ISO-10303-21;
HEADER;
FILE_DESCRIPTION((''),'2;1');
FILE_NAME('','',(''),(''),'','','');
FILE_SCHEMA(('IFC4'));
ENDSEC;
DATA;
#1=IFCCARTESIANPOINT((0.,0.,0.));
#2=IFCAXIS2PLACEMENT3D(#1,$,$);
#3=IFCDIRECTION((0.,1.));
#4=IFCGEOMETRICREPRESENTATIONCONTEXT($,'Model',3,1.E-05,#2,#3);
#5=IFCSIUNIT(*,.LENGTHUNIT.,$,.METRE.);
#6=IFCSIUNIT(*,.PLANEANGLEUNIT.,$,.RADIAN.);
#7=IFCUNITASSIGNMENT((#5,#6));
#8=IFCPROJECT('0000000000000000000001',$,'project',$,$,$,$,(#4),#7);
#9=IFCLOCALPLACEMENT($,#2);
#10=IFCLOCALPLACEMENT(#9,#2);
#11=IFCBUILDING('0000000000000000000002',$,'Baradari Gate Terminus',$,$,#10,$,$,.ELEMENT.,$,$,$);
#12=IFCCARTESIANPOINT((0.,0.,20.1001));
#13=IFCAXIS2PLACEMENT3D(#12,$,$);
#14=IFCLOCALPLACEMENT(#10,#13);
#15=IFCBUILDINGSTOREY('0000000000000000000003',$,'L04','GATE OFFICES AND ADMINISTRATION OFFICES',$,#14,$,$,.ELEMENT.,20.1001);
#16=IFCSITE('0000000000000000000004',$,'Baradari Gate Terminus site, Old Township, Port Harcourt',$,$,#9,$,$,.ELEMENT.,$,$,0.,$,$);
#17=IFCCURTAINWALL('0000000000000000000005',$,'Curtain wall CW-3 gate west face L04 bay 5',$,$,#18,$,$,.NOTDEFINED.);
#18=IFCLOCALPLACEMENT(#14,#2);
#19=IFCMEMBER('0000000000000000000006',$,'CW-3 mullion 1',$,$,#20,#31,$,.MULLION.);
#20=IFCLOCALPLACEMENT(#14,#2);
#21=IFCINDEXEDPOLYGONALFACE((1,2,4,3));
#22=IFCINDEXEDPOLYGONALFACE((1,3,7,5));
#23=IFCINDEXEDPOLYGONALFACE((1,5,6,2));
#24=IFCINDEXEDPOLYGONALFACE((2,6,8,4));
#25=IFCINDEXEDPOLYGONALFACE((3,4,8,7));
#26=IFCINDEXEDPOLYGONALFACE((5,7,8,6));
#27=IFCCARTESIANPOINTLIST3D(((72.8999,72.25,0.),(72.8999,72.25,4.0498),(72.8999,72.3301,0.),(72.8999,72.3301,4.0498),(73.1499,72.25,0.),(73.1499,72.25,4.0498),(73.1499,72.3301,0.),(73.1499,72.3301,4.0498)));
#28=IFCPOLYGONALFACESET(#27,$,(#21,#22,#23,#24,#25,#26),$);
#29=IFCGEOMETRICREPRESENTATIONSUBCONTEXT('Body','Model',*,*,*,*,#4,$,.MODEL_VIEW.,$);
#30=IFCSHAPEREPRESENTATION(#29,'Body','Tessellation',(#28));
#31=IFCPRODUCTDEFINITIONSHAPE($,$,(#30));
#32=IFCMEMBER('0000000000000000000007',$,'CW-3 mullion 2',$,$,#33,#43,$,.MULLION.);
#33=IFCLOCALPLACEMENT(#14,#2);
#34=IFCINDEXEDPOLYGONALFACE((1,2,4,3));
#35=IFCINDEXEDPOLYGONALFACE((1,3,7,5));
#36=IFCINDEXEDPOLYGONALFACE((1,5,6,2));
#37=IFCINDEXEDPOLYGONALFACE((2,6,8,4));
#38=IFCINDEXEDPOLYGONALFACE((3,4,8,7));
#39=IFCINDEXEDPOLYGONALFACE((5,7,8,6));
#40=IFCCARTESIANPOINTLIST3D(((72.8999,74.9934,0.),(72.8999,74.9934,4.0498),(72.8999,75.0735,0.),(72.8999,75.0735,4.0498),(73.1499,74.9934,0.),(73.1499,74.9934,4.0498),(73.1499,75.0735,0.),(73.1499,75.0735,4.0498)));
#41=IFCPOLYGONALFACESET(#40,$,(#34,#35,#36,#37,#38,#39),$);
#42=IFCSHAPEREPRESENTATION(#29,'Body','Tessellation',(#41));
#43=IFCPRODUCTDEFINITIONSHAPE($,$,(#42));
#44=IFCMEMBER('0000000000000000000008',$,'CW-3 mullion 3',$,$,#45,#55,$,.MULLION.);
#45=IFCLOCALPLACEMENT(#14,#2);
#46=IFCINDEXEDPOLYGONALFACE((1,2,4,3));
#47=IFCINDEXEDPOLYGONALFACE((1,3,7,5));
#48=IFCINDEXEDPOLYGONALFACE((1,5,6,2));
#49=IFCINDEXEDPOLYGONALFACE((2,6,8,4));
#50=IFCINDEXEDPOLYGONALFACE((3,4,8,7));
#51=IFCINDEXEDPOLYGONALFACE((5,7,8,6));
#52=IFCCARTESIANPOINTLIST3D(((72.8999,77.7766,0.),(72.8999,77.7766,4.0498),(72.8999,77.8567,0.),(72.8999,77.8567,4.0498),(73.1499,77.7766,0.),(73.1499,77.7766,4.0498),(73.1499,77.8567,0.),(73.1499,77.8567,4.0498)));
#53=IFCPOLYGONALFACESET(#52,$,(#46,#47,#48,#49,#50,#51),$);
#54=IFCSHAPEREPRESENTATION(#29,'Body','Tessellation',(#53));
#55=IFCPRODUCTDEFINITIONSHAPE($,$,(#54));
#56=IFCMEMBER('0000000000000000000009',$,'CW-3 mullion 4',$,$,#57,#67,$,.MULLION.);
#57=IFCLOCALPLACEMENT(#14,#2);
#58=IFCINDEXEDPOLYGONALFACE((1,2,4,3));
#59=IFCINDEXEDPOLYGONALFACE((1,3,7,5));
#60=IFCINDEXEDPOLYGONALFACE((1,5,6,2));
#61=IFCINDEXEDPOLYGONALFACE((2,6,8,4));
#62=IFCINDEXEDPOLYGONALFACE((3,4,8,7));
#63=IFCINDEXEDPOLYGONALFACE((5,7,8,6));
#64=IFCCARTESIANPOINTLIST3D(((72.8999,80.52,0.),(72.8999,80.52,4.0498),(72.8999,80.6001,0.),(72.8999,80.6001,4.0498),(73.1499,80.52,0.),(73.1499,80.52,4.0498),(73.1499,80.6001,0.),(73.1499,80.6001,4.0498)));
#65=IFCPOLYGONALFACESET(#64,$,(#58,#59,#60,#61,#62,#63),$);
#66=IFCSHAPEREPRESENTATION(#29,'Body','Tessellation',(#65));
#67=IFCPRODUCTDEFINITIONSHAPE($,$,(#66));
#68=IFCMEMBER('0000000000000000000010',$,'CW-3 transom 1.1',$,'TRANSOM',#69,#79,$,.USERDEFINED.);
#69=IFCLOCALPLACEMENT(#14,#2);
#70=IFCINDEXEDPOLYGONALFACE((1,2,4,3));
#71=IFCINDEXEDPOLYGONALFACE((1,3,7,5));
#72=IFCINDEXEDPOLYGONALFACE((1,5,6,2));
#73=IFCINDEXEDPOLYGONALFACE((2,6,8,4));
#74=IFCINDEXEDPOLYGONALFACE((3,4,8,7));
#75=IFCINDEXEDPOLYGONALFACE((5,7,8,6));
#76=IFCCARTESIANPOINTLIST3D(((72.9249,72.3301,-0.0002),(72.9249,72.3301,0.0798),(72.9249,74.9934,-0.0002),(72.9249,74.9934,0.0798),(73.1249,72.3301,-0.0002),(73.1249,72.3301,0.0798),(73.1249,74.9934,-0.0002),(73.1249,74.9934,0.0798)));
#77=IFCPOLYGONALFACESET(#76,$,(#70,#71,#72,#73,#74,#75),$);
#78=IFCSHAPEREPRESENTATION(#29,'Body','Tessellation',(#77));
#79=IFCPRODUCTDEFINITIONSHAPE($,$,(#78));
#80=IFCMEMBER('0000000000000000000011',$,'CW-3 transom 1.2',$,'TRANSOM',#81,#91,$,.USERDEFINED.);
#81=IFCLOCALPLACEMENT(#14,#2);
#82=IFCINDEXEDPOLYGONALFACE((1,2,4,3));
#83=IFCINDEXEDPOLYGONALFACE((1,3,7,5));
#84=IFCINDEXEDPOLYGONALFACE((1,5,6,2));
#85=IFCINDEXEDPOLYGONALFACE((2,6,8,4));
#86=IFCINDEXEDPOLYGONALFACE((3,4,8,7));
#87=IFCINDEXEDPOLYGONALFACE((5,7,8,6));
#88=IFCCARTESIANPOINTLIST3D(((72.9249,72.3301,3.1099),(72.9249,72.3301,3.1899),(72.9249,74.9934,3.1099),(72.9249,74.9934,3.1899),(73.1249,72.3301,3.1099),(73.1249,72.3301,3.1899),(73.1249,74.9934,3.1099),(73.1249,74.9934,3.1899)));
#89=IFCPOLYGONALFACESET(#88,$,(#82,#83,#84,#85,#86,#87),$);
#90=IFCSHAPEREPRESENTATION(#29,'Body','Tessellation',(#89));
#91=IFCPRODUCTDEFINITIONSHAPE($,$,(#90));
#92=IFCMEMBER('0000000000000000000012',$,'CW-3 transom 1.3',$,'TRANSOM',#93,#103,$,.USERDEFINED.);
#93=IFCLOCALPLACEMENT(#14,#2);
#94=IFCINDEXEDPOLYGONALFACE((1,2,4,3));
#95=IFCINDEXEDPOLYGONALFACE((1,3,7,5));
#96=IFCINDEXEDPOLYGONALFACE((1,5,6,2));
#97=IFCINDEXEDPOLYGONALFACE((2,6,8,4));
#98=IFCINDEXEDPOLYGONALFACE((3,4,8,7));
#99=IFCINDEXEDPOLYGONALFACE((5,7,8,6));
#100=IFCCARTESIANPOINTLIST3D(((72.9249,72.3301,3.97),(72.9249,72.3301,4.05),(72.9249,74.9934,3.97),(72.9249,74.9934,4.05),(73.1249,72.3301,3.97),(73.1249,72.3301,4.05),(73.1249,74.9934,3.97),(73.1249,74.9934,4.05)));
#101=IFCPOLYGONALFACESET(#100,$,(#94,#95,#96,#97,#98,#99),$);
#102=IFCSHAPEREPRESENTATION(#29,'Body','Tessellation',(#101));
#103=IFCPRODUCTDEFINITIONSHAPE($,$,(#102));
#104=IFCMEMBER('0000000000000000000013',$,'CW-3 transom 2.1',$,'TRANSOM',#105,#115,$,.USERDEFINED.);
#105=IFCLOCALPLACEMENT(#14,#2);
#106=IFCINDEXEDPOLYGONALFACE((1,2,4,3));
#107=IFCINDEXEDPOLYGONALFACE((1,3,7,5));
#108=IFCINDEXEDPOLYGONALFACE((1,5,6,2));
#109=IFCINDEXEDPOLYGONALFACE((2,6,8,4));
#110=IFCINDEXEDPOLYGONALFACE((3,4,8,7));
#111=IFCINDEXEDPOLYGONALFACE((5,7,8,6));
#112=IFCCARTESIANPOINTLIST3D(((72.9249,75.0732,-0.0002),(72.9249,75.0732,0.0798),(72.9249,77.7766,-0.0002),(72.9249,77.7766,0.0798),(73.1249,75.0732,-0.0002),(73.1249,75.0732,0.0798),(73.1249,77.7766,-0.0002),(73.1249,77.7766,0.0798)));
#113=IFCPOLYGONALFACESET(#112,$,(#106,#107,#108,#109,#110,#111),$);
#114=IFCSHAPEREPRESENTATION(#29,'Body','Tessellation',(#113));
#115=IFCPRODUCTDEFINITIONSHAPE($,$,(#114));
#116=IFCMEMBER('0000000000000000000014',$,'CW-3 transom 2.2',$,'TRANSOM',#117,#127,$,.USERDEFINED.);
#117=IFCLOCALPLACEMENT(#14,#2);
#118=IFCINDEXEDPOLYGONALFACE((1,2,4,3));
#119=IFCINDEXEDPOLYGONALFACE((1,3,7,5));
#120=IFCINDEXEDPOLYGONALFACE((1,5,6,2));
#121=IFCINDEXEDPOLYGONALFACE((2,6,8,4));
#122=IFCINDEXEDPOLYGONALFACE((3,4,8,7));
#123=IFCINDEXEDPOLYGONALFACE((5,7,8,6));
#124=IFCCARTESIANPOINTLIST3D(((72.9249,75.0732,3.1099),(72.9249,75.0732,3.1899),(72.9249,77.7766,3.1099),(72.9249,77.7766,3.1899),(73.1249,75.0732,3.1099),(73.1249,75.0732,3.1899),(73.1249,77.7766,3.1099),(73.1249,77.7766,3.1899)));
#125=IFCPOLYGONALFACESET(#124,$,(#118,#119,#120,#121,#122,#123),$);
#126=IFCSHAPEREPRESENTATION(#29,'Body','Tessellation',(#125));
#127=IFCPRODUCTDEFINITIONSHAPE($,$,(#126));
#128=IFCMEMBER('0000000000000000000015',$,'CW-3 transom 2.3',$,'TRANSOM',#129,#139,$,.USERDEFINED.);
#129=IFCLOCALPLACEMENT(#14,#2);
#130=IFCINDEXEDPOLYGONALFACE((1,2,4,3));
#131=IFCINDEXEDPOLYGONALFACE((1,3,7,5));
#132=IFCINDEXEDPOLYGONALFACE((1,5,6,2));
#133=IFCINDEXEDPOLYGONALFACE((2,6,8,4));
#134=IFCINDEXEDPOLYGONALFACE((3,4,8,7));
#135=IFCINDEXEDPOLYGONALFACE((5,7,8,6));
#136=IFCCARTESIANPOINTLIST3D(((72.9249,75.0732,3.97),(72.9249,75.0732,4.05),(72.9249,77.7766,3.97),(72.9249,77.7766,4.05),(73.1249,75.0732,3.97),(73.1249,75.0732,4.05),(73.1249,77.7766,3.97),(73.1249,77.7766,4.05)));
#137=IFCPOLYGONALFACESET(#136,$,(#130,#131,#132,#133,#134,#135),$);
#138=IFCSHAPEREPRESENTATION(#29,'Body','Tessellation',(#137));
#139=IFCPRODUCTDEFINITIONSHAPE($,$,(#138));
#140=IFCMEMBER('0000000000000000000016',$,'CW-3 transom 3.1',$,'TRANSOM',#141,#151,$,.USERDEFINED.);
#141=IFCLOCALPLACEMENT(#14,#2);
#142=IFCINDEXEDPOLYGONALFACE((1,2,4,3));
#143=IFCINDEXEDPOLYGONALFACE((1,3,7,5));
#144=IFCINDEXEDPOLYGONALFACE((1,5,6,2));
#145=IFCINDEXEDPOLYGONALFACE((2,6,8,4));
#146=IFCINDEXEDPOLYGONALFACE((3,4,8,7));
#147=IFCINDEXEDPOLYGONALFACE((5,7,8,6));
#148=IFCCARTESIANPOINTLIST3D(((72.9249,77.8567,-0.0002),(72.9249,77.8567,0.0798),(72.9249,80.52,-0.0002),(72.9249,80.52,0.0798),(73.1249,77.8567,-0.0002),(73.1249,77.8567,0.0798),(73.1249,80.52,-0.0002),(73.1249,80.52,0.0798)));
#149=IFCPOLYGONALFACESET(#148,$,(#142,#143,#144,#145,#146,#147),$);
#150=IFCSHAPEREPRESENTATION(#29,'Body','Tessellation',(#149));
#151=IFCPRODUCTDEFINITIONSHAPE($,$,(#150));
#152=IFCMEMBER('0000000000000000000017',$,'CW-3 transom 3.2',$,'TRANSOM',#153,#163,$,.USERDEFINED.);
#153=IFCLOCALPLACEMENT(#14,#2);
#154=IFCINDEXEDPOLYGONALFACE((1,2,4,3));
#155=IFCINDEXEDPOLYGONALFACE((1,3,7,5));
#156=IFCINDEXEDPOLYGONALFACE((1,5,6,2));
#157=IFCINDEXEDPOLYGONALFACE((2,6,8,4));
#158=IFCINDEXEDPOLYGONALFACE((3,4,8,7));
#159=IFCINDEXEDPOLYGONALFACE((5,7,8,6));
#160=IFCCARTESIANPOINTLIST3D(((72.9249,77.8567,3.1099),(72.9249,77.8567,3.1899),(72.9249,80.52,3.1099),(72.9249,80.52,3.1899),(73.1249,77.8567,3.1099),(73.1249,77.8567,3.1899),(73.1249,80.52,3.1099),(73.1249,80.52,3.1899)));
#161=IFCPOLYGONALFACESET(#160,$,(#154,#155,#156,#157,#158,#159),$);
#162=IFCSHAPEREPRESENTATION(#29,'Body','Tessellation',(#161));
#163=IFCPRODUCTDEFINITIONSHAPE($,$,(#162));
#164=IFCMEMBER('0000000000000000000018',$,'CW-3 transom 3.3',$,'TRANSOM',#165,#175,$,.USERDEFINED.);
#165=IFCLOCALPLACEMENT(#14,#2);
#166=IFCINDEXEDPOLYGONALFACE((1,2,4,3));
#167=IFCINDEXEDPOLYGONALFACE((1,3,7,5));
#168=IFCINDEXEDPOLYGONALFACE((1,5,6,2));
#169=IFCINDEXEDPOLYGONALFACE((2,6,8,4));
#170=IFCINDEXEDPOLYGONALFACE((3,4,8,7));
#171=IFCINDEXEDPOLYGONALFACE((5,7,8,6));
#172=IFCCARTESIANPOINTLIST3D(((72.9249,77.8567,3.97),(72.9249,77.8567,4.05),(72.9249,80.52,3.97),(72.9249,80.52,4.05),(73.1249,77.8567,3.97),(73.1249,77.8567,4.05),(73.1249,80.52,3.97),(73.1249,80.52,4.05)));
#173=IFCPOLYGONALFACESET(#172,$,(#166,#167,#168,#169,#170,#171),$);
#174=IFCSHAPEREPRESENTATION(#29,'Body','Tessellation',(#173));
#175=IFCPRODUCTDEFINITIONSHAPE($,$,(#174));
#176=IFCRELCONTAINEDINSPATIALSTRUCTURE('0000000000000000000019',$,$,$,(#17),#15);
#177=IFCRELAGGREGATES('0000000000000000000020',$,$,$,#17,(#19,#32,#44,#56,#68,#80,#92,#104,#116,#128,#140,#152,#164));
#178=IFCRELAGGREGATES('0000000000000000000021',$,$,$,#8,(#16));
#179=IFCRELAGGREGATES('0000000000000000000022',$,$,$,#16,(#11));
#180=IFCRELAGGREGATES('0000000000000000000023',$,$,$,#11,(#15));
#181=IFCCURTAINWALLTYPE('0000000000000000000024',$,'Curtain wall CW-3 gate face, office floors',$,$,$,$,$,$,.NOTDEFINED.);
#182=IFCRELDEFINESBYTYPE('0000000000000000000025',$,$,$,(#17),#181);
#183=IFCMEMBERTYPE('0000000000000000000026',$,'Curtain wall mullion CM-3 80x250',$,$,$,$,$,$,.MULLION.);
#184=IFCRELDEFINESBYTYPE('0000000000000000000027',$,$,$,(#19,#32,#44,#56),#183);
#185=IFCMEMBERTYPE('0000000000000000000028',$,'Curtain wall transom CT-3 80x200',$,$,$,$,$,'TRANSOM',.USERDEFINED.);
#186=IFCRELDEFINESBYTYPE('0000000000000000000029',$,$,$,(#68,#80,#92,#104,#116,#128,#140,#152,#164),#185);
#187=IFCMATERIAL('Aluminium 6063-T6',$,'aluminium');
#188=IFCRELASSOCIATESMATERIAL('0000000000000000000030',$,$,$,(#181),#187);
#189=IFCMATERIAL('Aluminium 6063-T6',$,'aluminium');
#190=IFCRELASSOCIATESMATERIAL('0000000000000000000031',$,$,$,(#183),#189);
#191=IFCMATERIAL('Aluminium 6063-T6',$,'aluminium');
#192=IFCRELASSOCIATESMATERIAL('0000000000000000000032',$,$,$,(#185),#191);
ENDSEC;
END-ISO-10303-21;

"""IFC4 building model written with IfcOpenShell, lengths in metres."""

from ifc_helpers import new_model, si_unit, direction, frame, origin, origin_2d, place, context, subcontext, project, spatial, rectangle, extrude, material, material_profile, profile_set, type_object, element, aggregate, save


model = new_model("IFC4")

# Units and contexts
model_context = context("Model", 3, precision=1e-05, world=origin(), true_north=direction((0.0, 1.0)))
body_context = subcontext(model_context, "Body", "Model", "MODEL_VIEW")
ifc_project = project(units=[si_unit("LENGTHUNIT", "METRE"), si_unit("PLANEANGLEUNIT", "RADIAN")], contexts=[model_context])

# Site, building, storey
site_placement = place(None, origin())
site = spatial("IfcSite", under=ifc_project, at=site_placement, Name="Baradari Gate Terminus site, Old Township, Port Harcourt", CompositionType="ELEMENT", RefElevation=0.0)
building_placement = place(site_placement, origin())
building = spatial("IfcBuilding", under=site, at=building_placement, Name="Baradari Gate Terminus", CompositionType="ELEMENT")
storey_placement = place(building_placement, frame((0.0, 0.0, 20.1001)))
storey = spatial("IfcBuildingStorey", under=building, at=storey_placement, Name="L04", Description="GATE OFFICES AND ADMINISTRATION OFFICES", CompositionType="ELEMENT", Elevation=20.1001)

# Curtain wall, members
ifc_material_1 = material(Name="Aluminium 6063-T6", Category="aluminium")
curtain_wall_type = type_object("IfcCurtainWallType", Name="Curtain wall CW-3 gate face, office floors", PredefinedType="NOTDEFINED", material=ifc_material_1)
curtain_wall_placement = place(storey_placement, origin())
curtain_wall = element("IfcCurtainWall", 1, at=curtain_wall_placement, inside=storey, type_object=curtain_wall_type, Name="Curtain wall CW-3 gate west face L04 bay 5", PredefinedType="NOTDEFINED")
ifc_material_2 = material(Name="Aluminium 6063-T6", Category="aluminium")
ifc_material_profile_1 = material_profile(ifc_material_2, rectangle(XDim=0.25, YDim=0.0801, at=origin_2d()), Name="CM-3 80X250")
ifc_profile_set_1 = profile_set([ifc_material_profile_1], Name="Aluminium 6063-T6")
member_type_1 = type_object("IfcMemberType", Name="Curtain wall mullion CM-3 80x250", PredefinedType="MULLION", material=ifc_profile_set_1)
member_1_placement = place(storey_placement, frame((73.0249, 72.29, 0.0), z_axis=(0.0, 0.0, 1.0), x_axis=(-1.0, 0.0, 0.0)))
member_1 = element("IfcMember", 2, at=member_1_placement, type_object=member_type_1, Name="CW-3 mullion 1", PredefinedType="MULLION", context=body_context, shape_type="SweptSolid", body=[
    extrude(rectangle(XDim=0.25, YDim=0.0801, at=origin_2d()), origin(), (0.0, 0.0, 1.0), 4.0498),
])
member_2_placement = place(storey_placement, frame((73.0249, 75.0334, 0.0), z_axis=(0.0, 0.0, 1.0), x_axis=(-1.0, 0.0, 0.0)))
member_2 = element("IfcMember", 3, at=member_2_placement, type_object=member_type_1, Name="CW-3 mullion 2", PredefinedType="MULLION", context=body_context, shape_type="SweptSolid", body=[
    extrude(rectangle(XDim=0.25, YDim=0.0801, at=origin_2d()), origin(), (0.0, 0.0, 1.0), 4.0498),
])
member_3_placement = place(storey_placement, frame((73.0249, 77.8167, 0.0), z_axis=(0.0, 0.0, 1.0), x_axis=(-1.0, 0.0, 0.0)))
member_3 = element("IfcMember", 4, at=member_3_placement, type_object=member_type_1, Name="CW-3 mullion 3", PredefinedType="MULLION", context=body_context, shape_type="SweptSolid", body=[
    extrude(rectangle(XDim=0.25, YDim=0.0801, at=origin_2d()), origin(), (0.0, 0.0, 1.0), 4.0498),
])
member_4_placement = place(storey_placement, frame((73.0249, 80.5601, 0.0), z_axis=(0.0, 0.0, 1.0), x_axis=(-1.0, 0.0, 0.0)))
member_4 = element("IfcMember", 5, at=member_4_placement, type_object=member_type_1, Name="CW-3 mullion 4", PredefinedType="MULLION", context=body_context, shape_type="SweptSolid", body=[
    extrude(rectangle(XDim=0.25, YDim=0.0801, at=origin_2d()), origin(), (0.0, 0.0, 1.0), 4.0498),
])
ifc_material_3 = material(Name="Aluminium 6063-T6", Category="aluminium")
ifc_material_profile_2 = material_profile(ifc_material_3, rectangle(XDim=0.2, YDim=0.0801, at=origin_2d()), Name="CT-3 80X200")
ifc_profile_set_2 = profile_set([ifc_material_profile_2], Name="Aluminium 6063-T6")
member_type_2 = type_object("IfcMemberType", Name="Curtain wall transom CT-3 80x200", ElementType="TRANSOM", PredefinedType="USERDEFINED", material=ifc_profile_set_2)
member_5_placement = place(storey_placement, frame((73.0249, 72.3301, 0.0398), z_axis=(0.0, 1.0, 0.0), x_axis=(-1.0, 0.0, 0.0)))
member_5 = element("IfcMember", 6, at=member_5_placement, type_object=member_type_2, Name="CW-3 transom 1.1", ObjectType="TRANSOM", PredefinedType="USERDEFINED", context=body_context, shape_type="SweptSolid", body=[
    extrude(rectangle(XDim=0.2, YDim=0.0801, at=origin_2d()), origin(), (0.0, 0.0, 1.0), 2.6633),
])
member_6_placement = place(storey_placement, frame((73.0249, 72.3301, 3.1499), z_axis=(0.0, 1.0, 0.0), x_axis=(-1.0, 0.0, 0.0)))
member_6 = element("IfcMember", 7, at=member_6_placement, type_object=member_type_2, Name="CW-3 transom 1.2", ObjectType="TRANSOM", PredefinedType="USERDEFINED", context=body_context, shape_type="SweptSolid", body=[
    extrude(rectangle(XDim=0.2, YDim=0.0801, at=origin_2d()), origin(), (0.0, 0.0, 1.0), 2.6633),
])
member_7_placement = place(storey_placement, frame((73.0249, 72.3301, 4.01), z_axis=(0.0, 1.0, 0.0), x_axis=(-1.0, 0.0, 0.0)))
member_7 = element("IfcMember", 8, at=member_7_placement, type_object=member_type_2, Name="CW-3 transom 1.3", ObjectType="TRANSOM", PredefinedType="USERDEFINED", context=body_context, shape_type="SweptSolid", body=[
    extrude(rectangle(XDim=0.2, YDim=0.0801, at=origin_2d()), origin(), (0.0, 0.0, 1.0), 2.6633),
])
member_8_placement = place(storey_placement, frame((73.0249, 75.0732, 0.0398), z_axis=(0.0, 1.0, 0.0), x_axis=(-1.0, 0.0, 0.0)))
member_8 = element("IfcMember", 9, at=member_8_placement, type_object=member_type_2, Name="CW-3 transom 2.1", ObjectType="TRANSOM", PredefinedType="USERDEFINED", context=body_context, shape_type="SweptSolid", body=[
    extrude(rectangle(XDim=0.2, YDim=0.0801, at=origin_2d()), origin(), (0.0, 0.0, 1.0), 2.7034),
])
member_9_placement = place(storey_placement, frame((73.0249, 75.0732, 3.1499), z_axis=(0.0, 1.0, 0.0), x_axis=(-1.0, 0.0, 0.0)))
member_9 = element("IfcMember", 10, at=member_9_placement, type_object=member_type_2, Name="CW-3 transom 2.2", ObjectType="TRANSOM", PredefinedType="USERDEFINED", context=body_context, shape_type="SweptSolid", body=[
    extrude(rectangle(XDim=0.2, YDim=0.0801, at=origin_2d()), origin(), (0.0, 0.0, 1.0), 2.7034),
])
member_10_placement = place(storey_placement, frame((73.0249, 75.0732, 4.01), z_axis=(0.0, 1.0, 0.0), x_axis=(-1.0, 0.0, 0.0)))
member_10 = element("IfcMember", 11, at=member_10_placement, type_object=member_type_2, Name="CW-3 transom 2.3", ObjectType="TRANSOM", PredefinedType="USERDEFINED", context=body_context, shape_type="SweptSolid", body=[
    extrude(rectangle(XDim=0.2, YDim=0.0801, at=origin_2d()), origin(), (0.0, 0.0, 1.0), 2.7034),
])
member_11_placement = place(storey_placement, frame((73.0249, 77.8567, 0.0398), z_axis=(0.0, 1.0, 0.0), x_axis=(-1.0, 0.0, 0.0)))
member_11 = element("IfcMember", 12, at=member_11_placement, type_object=member_type_2, Name="CW-3 transom 3.1", ObjectType="TRANSOM", PredefinedType="USERDEFINED", context=body_context, shape_type="SweptSolid", body=[
    extrude(rectangle(XDim=0.2, YDim=0.0801, at=origin_2d()), origin(), (0.0, 0.0, 1.0), 2.6633),
])
member_12_placement = place(storey_placement, frame((73.0249, 77.8567, 3.1499), z_axis=(0.0, 1.0, 0.0), x_axis=(-1.0, 0.0, 0.0)))
member_12 = element("IfcMember", 13, at=member_12_placement, type_object=member_type_2, Name="CW-3 transom 3.2", ObjectType="TRANSOM", PredefinedType="USERDEFINED", context=body_context, shape_type="SweptSolid", body=[
    extrude(rectangle(XDim=0.2, YDim=0.0801, at=origin_2d()), origin(), (0.0, 0.0, 1.0), 2.6633),
])
member_13_placement = place(storey_placement, frame((73.0249, 77.8567, 4.01), z_axis=(0.0, 1.0, 0.0), x_axis=(-1.0, 0.0, 0.0)))
member_13 = element("IfcMember", 14, at=member_13_placement, type_object=member_type_2, Name="CW-3 transom 3.3", ObjectType="TRANSOM", PredefinedType="USERDEFINED", context=body_context, shape_type="SweptSolid", body=[
    extrude(rectangle(XDim=0.2, YDim=0.0801, at=origin_2d()), origin(), (0.0, 0.0, 1.0), 2.6633),
])

aggregate(curtain_wall, [member_1, member_2, member_3, member_4, member_5, member_6, member_7, member_8, member_9, member_10, member_11, member_12, member_13])

save(model, "model.ifc")
